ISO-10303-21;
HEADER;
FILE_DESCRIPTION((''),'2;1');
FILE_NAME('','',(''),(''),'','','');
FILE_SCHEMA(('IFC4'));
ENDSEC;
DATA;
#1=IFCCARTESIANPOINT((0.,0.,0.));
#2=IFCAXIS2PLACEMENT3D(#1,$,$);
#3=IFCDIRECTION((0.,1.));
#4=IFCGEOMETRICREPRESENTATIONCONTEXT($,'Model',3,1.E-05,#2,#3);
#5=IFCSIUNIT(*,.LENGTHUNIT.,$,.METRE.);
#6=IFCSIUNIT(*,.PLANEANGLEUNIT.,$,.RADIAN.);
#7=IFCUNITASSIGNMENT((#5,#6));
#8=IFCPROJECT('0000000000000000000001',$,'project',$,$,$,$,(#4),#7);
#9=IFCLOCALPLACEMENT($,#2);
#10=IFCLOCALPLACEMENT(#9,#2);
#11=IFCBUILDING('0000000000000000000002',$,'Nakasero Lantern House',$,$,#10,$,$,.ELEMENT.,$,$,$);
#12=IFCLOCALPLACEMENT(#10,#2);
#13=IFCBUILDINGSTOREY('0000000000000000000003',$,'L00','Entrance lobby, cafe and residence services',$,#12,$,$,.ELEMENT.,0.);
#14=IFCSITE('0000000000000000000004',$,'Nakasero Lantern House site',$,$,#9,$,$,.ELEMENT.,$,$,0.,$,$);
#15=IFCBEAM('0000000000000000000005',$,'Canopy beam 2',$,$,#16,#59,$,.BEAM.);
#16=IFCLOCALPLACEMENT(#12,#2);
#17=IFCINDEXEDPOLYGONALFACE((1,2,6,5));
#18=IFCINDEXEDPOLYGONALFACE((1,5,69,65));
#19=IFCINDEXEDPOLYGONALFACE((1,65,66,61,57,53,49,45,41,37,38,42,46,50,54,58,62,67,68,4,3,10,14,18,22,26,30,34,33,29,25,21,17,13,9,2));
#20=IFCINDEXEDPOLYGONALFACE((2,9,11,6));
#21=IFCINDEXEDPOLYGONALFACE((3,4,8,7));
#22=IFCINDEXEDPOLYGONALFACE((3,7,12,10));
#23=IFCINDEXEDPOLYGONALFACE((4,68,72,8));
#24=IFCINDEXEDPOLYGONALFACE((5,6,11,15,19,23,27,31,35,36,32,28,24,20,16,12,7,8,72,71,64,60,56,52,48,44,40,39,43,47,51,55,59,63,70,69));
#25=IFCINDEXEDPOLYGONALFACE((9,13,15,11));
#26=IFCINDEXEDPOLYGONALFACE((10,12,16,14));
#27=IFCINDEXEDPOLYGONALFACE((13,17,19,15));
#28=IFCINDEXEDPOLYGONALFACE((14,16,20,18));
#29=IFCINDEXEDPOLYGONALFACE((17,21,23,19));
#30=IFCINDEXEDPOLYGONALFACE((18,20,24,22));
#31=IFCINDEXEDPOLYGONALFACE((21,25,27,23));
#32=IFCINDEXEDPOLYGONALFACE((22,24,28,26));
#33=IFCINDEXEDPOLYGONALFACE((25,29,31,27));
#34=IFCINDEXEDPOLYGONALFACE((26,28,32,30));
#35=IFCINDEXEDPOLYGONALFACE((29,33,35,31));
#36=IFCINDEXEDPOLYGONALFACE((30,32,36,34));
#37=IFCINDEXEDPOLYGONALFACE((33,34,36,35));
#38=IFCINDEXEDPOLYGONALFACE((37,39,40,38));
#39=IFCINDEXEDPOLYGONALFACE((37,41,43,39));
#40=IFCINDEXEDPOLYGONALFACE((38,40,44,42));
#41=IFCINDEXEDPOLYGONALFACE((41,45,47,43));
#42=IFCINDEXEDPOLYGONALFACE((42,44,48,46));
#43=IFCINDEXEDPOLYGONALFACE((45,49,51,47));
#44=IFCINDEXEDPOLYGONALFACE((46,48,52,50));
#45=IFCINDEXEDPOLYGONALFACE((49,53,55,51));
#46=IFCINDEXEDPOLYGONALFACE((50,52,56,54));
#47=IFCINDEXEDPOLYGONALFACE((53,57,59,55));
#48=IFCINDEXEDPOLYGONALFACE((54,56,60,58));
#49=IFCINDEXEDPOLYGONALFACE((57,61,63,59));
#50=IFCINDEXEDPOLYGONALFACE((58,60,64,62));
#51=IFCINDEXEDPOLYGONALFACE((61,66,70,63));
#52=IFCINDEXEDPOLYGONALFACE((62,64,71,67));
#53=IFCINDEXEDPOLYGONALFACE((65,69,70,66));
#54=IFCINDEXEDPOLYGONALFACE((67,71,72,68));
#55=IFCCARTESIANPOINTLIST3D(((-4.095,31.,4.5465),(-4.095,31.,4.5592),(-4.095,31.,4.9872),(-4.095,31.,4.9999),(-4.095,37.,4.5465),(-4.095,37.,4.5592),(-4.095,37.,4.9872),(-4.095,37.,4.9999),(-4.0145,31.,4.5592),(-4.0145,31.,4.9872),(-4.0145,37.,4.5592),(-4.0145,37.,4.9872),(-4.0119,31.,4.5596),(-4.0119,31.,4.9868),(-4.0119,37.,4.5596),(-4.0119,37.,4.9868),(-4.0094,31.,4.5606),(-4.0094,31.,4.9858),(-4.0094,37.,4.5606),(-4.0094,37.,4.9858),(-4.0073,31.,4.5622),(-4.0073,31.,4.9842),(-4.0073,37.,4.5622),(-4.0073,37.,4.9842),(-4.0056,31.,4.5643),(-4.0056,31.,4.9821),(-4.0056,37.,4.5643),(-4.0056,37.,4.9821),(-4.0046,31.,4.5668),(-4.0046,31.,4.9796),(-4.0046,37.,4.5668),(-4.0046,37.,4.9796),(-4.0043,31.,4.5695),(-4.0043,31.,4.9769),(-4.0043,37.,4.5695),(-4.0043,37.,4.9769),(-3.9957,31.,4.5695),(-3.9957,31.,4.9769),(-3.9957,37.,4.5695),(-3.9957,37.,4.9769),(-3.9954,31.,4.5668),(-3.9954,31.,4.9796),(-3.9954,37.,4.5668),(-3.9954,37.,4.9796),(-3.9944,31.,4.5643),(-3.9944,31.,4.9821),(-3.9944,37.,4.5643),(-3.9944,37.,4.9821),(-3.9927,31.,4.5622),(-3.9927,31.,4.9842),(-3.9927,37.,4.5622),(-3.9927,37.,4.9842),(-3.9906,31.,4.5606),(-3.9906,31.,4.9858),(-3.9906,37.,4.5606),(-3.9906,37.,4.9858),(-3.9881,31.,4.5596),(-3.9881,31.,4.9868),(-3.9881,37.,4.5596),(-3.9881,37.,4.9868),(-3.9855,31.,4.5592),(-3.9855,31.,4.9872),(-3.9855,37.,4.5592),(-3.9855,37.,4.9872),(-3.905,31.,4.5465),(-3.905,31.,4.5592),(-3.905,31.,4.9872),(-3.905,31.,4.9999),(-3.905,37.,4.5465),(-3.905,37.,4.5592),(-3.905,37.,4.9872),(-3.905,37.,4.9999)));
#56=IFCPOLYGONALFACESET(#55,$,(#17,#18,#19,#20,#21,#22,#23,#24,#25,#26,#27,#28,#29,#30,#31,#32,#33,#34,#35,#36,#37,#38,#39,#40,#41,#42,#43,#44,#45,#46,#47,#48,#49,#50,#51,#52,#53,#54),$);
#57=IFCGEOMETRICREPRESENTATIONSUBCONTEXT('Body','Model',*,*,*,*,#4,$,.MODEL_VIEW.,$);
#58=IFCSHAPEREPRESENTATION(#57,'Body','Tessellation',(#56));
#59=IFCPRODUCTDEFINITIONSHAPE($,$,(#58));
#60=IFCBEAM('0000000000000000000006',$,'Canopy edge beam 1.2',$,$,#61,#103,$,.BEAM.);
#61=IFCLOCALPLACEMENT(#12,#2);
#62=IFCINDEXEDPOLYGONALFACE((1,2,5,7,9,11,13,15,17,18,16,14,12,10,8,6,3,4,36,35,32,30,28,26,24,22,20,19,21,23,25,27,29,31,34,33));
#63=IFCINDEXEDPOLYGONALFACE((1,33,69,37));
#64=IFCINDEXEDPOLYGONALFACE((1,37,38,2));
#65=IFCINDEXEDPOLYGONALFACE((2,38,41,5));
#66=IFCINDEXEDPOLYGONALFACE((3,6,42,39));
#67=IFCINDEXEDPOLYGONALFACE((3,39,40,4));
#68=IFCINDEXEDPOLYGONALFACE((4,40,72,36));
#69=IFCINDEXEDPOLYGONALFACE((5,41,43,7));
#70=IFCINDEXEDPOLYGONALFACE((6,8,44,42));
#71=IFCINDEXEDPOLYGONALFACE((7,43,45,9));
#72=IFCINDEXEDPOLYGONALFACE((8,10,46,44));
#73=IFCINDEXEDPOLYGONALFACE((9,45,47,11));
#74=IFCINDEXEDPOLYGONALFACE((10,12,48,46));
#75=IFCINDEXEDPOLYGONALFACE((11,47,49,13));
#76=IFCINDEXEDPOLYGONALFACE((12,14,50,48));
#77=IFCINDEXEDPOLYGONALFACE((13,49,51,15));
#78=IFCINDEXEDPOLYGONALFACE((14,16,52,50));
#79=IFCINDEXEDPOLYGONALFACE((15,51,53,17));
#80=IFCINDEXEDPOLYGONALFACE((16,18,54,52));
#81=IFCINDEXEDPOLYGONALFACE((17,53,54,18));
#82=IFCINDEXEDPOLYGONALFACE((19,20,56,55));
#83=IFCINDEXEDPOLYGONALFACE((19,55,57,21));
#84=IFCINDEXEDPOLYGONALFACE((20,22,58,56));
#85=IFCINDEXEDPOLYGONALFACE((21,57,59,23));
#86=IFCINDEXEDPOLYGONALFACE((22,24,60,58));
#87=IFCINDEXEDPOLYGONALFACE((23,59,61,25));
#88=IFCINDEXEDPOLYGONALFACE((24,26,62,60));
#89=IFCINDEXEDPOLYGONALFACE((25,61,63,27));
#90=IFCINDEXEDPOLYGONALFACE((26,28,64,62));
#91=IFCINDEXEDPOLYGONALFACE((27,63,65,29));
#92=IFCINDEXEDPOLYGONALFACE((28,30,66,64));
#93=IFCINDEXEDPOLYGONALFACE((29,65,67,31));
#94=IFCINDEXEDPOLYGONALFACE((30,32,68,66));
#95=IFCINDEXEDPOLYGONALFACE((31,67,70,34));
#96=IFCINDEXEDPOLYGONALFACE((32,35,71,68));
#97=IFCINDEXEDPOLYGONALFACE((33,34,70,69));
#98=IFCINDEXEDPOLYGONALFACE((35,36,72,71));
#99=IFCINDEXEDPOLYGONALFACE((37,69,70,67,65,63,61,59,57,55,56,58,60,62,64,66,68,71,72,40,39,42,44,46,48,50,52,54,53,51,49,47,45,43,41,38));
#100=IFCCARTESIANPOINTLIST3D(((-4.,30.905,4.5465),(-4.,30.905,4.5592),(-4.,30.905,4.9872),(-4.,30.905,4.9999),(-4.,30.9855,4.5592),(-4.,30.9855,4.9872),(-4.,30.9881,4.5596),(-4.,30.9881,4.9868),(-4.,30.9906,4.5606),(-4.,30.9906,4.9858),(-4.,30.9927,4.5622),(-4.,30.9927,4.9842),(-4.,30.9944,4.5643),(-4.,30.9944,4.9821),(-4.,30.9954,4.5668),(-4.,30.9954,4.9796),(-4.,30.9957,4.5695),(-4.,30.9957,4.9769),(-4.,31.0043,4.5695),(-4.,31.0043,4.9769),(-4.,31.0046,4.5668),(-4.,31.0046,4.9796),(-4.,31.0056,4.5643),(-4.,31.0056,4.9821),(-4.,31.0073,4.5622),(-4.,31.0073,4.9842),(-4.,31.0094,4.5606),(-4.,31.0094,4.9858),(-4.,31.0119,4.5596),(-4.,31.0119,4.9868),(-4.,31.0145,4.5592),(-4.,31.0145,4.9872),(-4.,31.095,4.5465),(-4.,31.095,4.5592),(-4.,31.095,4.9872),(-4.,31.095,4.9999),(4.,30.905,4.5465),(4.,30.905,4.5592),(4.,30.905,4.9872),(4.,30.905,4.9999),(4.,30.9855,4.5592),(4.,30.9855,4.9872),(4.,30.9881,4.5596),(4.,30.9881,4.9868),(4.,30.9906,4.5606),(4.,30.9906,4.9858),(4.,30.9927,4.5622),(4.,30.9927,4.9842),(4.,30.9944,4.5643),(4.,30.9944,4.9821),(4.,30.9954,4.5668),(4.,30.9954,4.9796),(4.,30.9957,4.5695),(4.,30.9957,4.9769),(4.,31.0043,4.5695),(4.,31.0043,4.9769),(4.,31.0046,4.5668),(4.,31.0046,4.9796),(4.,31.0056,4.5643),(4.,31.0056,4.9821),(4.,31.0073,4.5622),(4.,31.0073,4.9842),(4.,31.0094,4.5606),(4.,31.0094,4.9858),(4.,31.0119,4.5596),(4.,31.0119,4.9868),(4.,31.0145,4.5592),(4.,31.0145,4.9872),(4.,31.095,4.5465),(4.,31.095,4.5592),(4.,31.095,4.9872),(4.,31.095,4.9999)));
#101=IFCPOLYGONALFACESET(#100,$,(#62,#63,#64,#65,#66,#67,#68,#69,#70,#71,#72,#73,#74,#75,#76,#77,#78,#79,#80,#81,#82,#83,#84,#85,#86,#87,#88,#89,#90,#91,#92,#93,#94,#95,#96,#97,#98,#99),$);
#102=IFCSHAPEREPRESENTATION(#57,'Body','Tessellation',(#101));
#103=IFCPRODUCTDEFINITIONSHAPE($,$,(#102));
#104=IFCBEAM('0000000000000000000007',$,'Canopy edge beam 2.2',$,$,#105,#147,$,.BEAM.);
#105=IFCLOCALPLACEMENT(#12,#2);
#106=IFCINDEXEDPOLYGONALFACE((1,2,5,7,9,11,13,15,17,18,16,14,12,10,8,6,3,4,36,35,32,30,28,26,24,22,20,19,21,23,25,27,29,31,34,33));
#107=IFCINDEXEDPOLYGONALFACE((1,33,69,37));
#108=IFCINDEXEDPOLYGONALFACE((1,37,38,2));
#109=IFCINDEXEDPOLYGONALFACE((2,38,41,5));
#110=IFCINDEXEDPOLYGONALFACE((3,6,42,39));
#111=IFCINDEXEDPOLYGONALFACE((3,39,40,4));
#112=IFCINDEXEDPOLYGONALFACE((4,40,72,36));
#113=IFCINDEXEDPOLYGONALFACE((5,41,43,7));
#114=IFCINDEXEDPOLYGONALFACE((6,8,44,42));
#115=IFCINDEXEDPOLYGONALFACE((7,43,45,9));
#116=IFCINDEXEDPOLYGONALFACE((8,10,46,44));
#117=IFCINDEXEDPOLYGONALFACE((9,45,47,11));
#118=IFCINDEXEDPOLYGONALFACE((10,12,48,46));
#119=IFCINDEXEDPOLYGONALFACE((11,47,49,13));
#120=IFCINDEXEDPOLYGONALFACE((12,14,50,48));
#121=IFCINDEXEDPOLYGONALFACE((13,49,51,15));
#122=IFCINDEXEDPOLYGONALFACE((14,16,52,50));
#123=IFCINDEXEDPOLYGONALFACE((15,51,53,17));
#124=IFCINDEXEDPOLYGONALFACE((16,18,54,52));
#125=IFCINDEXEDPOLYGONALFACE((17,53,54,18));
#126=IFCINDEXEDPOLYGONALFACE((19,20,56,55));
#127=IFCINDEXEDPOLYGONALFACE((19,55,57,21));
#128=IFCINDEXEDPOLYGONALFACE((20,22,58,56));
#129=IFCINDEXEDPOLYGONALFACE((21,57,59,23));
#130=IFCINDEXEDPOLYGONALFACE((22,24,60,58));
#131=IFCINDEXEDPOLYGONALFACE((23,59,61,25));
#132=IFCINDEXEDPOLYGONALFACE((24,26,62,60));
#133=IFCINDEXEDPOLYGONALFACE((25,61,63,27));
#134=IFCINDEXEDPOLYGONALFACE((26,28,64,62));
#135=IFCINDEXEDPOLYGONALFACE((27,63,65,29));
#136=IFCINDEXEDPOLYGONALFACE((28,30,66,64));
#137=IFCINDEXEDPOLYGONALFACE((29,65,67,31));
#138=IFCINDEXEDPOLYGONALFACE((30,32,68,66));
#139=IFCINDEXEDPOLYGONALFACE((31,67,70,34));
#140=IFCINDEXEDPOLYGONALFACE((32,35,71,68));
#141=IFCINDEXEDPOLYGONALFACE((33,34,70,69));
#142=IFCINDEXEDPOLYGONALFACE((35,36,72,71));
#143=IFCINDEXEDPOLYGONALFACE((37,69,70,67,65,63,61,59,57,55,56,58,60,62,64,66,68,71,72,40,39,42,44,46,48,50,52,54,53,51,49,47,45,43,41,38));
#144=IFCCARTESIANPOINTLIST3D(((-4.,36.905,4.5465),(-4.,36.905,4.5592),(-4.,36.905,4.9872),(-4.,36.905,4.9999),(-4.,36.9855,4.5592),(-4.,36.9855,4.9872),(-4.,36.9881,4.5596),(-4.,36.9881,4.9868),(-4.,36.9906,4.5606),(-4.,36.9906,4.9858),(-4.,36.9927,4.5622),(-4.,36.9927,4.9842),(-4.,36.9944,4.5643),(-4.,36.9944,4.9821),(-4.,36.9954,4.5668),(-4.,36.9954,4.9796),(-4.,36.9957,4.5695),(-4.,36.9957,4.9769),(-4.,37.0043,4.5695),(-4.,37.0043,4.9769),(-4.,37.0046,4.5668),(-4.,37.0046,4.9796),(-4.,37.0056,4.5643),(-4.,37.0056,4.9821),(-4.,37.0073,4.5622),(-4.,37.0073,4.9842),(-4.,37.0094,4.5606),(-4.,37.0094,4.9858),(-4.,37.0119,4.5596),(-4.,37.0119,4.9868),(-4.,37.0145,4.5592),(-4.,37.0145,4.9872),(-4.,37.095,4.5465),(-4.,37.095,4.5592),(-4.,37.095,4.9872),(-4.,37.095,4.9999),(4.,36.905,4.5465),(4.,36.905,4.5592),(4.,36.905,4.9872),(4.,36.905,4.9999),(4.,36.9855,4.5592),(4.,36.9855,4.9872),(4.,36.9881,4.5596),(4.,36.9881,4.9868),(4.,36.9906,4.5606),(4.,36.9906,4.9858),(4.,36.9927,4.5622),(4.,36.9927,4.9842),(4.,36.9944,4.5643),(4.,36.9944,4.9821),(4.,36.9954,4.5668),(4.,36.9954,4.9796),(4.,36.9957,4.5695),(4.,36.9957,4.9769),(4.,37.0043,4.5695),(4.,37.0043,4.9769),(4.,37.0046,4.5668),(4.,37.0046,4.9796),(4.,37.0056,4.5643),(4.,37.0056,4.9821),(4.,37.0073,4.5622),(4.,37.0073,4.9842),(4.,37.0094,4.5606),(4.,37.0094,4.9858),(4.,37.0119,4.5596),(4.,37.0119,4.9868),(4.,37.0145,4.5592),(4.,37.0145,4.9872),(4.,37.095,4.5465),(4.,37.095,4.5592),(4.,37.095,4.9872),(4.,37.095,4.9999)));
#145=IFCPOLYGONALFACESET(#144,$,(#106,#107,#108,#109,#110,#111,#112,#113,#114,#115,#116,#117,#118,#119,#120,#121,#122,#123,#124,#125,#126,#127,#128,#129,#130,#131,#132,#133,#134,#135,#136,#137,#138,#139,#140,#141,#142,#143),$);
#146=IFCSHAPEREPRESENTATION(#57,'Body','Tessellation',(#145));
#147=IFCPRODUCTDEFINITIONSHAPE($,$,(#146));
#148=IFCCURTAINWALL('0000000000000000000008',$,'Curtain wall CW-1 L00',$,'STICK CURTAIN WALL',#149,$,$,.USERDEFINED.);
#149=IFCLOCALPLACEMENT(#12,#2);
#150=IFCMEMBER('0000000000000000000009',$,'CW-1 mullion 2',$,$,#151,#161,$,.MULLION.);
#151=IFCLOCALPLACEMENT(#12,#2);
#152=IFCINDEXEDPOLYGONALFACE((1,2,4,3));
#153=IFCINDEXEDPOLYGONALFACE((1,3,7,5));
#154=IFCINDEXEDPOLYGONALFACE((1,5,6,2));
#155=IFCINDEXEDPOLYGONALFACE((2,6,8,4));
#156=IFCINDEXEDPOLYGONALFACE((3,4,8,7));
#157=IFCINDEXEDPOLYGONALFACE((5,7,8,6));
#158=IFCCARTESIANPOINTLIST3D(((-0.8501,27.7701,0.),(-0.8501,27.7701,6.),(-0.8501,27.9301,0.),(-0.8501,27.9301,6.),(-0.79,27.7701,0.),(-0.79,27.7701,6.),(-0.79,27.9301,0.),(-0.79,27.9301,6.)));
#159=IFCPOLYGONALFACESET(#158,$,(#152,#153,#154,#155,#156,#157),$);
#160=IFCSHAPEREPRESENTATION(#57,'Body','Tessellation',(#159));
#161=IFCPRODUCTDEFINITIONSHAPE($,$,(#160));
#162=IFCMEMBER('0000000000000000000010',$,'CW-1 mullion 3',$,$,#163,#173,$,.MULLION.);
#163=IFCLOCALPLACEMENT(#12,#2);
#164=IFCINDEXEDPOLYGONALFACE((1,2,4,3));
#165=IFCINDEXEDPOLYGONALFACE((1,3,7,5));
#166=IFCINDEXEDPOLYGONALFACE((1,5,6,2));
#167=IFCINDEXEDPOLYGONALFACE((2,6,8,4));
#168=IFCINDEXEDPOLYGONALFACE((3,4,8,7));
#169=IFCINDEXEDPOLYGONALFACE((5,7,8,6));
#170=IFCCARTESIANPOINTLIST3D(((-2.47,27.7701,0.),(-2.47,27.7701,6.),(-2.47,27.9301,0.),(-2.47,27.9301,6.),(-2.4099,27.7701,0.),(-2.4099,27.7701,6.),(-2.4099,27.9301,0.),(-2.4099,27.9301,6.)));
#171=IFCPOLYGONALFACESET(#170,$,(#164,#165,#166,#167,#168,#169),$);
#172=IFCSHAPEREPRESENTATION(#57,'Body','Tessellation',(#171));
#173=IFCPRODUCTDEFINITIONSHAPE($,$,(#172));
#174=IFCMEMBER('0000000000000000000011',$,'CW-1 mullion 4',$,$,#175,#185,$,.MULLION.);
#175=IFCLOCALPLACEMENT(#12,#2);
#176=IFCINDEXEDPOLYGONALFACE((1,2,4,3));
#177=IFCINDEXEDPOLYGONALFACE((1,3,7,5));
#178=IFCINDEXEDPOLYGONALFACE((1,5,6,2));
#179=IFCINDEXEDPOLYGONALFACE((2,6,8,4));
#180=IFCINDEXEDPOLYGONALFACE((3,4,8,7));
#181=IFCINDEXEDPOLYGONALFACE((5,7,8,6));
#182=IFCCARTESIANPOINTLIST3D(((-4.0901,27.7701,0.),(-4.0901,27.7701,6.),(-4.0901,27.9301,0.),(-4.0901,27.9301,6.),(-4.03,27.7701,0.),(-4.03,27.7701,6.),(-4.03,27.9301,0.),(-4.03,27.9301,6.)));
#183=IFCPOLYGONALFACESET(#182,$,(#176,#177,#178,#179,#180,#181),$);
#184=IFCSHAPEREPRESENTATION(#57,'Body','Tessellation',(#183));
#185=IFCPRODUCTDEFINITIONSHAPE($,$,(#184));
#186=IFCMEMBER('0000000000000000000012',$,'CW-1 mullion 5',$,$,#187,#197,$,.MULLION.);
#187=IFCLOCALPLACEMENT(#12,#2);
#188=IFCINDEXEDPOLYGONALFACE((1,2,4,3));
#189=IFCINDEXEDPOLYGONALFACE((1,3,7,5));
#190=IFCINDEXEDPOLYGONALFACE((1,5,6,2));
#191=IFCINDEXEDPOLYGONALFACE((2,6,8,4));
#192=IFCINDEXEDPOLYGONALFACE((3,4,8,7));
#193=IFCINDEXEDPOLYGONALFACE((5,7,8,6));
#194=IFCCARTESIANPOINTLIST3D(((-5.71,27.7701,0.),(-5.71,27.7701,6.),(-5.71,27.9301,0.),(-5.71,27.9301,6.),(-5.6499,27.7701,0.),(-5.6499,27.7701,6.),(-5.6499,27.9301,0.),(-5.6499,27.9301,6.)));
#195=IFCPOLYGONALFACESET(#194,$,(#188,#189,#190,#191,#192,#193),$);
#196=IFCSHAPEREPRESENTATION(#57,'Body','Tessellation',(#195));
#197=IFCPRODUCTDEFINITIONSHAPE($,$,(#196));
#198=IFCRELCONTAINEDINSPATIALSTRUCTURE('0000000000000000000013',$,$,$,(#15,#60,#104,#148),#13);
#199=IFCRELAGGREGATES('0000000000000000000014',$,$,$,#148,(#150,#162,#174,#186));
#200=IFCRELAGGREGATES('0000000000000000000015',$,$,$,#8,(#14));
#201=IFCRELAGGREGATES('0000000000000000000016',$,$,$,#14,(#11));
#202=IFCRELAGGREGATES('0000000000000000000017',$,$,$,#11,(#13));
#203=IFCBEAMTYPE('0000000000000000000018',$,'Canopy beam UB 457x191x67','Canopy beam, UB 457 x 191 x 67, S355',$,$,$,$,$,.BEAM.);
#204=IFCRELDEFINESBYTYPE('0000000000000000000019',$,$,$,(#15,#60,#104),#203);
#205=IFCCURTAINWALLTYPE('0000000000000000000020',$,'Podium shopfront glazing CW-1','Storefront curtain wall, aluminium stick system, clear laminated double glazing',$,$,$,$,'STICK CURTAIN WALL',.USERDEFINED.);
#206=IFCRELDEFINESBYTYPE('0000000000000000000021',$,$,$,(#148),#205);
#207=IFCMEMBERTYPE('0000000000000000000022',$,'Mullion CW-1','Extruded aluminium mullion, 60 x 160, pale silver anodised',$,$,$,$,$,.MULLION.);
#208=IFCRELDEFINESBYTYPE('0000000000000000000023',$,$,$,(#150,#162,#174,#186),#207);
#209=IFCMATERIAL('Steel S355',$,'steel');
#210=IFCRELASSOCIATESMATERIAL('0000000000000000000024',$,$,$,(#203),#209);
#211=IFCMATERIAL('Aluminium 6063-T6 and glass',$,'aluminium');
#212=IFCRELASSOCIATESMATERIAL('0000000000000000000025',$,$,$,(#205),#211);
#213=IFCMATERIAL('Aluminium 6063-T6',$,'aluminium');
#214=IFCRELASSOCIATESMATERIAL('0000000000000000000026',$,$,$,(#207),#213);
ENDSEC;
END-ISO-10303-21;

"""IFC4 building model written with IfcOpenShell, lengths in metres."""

from ifc_helpers import new_model, si_unit, direction, frame, origin, origin_2d, place, context, subcontext, project, spatial, rectangle, i_section, extrude, material, material_profile, profile_set, type_object, element, aggregate, save


model = new_model("IFC4")

# Units and contexts
model_context = context("Model", 3, precision=1e-05, world=origin(), true_north=direction((0.0, 1.0)))
body_context = subcontext(model_context, "Body", "Model", "MODEL_VIEW")
ifc_project = project(units=[si_unit("LENGTHUNIT", "METRE"), si_unit("PLANEANGLEUNIT", "RADIAN")], contexts=[model_context])

# Site, building, storey
site_placement = place(None, origin())
site = spatial("IfcSite", under=ifc_project, at=site_placement, Name="Nakasero Lantern House site", CompositionType="ELEMENT", RefElevation=0.0)
building_placement = place(site_placement, origin())
building = spatial("IfcBuilding", under=site, at=building_placement, Name="Nakasero Lantern House", CompositionType="ELEMENT")
storey_placement = place(building_placement, origin())
storey = spatial("IfcBuildingStorey", under=building, at=storey_placement, Name="L00", Description="Entrance lobby, cafe and residence services", CompositionType="ELEMENT", Elevation=0.0)

# Beams
ifc_material_1 = material(Name="Steel S355", Category="steel")
ifc_material_profile_1 = material_profile(ifc_material_1, i_section(OverallWidth=0.1899, OverallDepth=0.4534, WebThickness=0.0085, FlangeThickness=0.0127, FilletRadius=0.0103, at=origin_2d()), Name="UB 457x191x67")
ifc_profile_set_1 = profile_set([ifc_material_profile_1], Name="Steel S355")
beam_type_1 = type_object("IfcBeamType", Name="Canopy beam UB 457x191x67", Description="Canopy beam, UB 457 x 191 x 67, S355", PredefinedType="BEAM", material=ifc_profile_set_1)
beam_1_placement = place(storey_placement, frame((-4.0, 31.0, 4.7732), z_axis=(0.0, 1.0, 0.0), x_axis=(-1.0, 0.0, 0.0)))
element("IfcBeam", 1, at=beam_1_placement, inside=storey, type_object=beam_type_1, Name="Canopy beam 2", PredefinedType="BEAM", context=body_context, shape_type="SweptSolid", body=[
    extrude(i_section(OverallWidth=0.1899, OverallDepth=0.4534, WebThickness=0.0085, FlangeThickness=0.0127, FilletRadius=0.0103, at=origin_2d()), origin(), (0.0, 0.0, 1.0), 6.0),
])
for number, where, z_axis, x_axis, name in (
    (2, (-4.0, 31.0, 4.7732), (1.0, 0.0, 0.0), (0.0, 1.0, 0.0), "Canopy edge beam 1.2"),
    (3, (-4.0, 37.0, 4.7732), (1.0, 0.0, 0.0), (0.0, 1.0, 0.0), "Canopy edge beam 2.2"),
):
    element("IfcBeam", number, at=place(storey_placement, frame(where, z_axis=z_axis, x_axis=x_axis)), inside=storey, type_object=beam_type_1, Name=name, PredefinedType="BEAM", context=body_context, shape_type="SweptSolid", body=[
        extrude(i_section(OverallWidth=0.1899, OverallDepth=0.4534, WebThickness=0.0085, FlangeThickness=0.0127, FilletRadius=0.0103, at=origin_2d()), origin(), (0.0, 0.0, 1.0), 8.0),
    ])

# Curtain wall, members
ifc_material_2 = material(Name="Aluminium 6063-T6 and glass", Category="aluminium")
curtain_wall_type = type_object("IfcCurtainWallType", Name="Podium shopfront glazing CW-1", Description="Storefront curtain wall, aluminium stick system, clear laminated double glazing", ElementType="STICK CURTAIN WALL", PredefinedType="USERDEFINED", material=ifc_material_2)
curtain_wall_placement = place(storey_placement, origin())
curtain_wall = element("IfcCurtainWall", 4, at=curtain_wall_placement, inside=storey, type_object=curtain_wall_type, Name="Curtain wall CW-1 L00", ObjectType="STICK CURTAIN WALL", PredefinedType="USERDEFINED")
ifc_material_3 = material(Name="Aluminium 6063-T6", Category="aluminium")
ifc_material_profile_2 = material_profile(ifc_material_3, rectangle(XDim=0.0601, YDim=0.1599, at=origin_2d()), Name="CW-1 mullion 60x160")
ifc_profile_set_2 = profile_set([ifc_material_profile_2], Name="Aluminium 6063-T6")
member_type_1 = type_object("IfcMemberType", Name="Mullion CW-1", Description="Extruded aluminium mullion, 60 x 160, pale silver anodised", PredefinedType="MULLION", material=ifc_profile_set_2)
member_1_placement = place(storey_placement, frame((-0.8201, 27.8501, 0.0), z_axis=(0.0, 0.0, 1.0), x_axis=(-1.0, 0.0, 0.0)))
member_1 = element("IfcMember", 5, at=member_1_placement, type_object=member_type_1, Name="CW-1 mullion 2", PredefinedType="MULLION", context=body_context, shape_type="SweptSolid", body=[
    extrude(rectangle(XDim=0.0601, YDim=0.1599, at=origin_2d()), origin(), (0.0, 0.0, 1.0), 6.0),
])
member_2_placement = place(storey_placement, frame((-2.4399, 27.8501, 0.0), z_axis=(0.0, 0.0, 1.0), x_axis=(-1.0, 0.0, 0.0)))
member_2 = element("IfcMember", 6, at=member_2_placement, type_object=member_type_1, Name="CW-1 mullion 3", PredefinedType="MULLION", context=body_context, shape_type="SweptSolid", body=[
    extrude(rectangle(XDim=0.0601, YDim=0.1599, at=origin_2d()), origin(), (0.0, 0.0, 1.0), 6.0),
])
member_3_placement = place(storey_placement, frame((-4.0601, 27.8501, 0.0), z_axis=(0.0, 0.0, 1.0), x_axis=(-1.0, 0.0, 0.0)))
member_3 = element("IfcMember", 7, at=member_3_placement, type_object=member_type_1, Name="CW-1 mullion 4", PredefinedType="MULLION", context=body_context, shape_type="SweptSolid", body=[
    extrude(rectangle(XDim=0.0601, YDim=0.1599, at=origin_2d()), origin(), (0.0, 0.0, 1.0), 6.0),
])
member_4_placement = place(storey_placement, frame((-5.6799, 27.8501, 0.0), z_axis=(0.0, 0.0, 1.0), x_axis=(-1.0, 0.0, 0.0)))
member_4 = element("IfcMember", 8, at=member_4_placement, type_object=member_type_1, Name="CW-1 mullion 5", PredefinedType="MULLION", context=body_context, shape_type="SweptSolid", body=[
    extrude(rectangle(XDim=0.0601, YDim=0.1599, at=origin_2d()), origin(), (0.0, 0.0, 1.0), 6.0),
])

aggregate(curtain_wall, [member_1, member_2, member_3, member_4])

save(model, "model.ifc")
